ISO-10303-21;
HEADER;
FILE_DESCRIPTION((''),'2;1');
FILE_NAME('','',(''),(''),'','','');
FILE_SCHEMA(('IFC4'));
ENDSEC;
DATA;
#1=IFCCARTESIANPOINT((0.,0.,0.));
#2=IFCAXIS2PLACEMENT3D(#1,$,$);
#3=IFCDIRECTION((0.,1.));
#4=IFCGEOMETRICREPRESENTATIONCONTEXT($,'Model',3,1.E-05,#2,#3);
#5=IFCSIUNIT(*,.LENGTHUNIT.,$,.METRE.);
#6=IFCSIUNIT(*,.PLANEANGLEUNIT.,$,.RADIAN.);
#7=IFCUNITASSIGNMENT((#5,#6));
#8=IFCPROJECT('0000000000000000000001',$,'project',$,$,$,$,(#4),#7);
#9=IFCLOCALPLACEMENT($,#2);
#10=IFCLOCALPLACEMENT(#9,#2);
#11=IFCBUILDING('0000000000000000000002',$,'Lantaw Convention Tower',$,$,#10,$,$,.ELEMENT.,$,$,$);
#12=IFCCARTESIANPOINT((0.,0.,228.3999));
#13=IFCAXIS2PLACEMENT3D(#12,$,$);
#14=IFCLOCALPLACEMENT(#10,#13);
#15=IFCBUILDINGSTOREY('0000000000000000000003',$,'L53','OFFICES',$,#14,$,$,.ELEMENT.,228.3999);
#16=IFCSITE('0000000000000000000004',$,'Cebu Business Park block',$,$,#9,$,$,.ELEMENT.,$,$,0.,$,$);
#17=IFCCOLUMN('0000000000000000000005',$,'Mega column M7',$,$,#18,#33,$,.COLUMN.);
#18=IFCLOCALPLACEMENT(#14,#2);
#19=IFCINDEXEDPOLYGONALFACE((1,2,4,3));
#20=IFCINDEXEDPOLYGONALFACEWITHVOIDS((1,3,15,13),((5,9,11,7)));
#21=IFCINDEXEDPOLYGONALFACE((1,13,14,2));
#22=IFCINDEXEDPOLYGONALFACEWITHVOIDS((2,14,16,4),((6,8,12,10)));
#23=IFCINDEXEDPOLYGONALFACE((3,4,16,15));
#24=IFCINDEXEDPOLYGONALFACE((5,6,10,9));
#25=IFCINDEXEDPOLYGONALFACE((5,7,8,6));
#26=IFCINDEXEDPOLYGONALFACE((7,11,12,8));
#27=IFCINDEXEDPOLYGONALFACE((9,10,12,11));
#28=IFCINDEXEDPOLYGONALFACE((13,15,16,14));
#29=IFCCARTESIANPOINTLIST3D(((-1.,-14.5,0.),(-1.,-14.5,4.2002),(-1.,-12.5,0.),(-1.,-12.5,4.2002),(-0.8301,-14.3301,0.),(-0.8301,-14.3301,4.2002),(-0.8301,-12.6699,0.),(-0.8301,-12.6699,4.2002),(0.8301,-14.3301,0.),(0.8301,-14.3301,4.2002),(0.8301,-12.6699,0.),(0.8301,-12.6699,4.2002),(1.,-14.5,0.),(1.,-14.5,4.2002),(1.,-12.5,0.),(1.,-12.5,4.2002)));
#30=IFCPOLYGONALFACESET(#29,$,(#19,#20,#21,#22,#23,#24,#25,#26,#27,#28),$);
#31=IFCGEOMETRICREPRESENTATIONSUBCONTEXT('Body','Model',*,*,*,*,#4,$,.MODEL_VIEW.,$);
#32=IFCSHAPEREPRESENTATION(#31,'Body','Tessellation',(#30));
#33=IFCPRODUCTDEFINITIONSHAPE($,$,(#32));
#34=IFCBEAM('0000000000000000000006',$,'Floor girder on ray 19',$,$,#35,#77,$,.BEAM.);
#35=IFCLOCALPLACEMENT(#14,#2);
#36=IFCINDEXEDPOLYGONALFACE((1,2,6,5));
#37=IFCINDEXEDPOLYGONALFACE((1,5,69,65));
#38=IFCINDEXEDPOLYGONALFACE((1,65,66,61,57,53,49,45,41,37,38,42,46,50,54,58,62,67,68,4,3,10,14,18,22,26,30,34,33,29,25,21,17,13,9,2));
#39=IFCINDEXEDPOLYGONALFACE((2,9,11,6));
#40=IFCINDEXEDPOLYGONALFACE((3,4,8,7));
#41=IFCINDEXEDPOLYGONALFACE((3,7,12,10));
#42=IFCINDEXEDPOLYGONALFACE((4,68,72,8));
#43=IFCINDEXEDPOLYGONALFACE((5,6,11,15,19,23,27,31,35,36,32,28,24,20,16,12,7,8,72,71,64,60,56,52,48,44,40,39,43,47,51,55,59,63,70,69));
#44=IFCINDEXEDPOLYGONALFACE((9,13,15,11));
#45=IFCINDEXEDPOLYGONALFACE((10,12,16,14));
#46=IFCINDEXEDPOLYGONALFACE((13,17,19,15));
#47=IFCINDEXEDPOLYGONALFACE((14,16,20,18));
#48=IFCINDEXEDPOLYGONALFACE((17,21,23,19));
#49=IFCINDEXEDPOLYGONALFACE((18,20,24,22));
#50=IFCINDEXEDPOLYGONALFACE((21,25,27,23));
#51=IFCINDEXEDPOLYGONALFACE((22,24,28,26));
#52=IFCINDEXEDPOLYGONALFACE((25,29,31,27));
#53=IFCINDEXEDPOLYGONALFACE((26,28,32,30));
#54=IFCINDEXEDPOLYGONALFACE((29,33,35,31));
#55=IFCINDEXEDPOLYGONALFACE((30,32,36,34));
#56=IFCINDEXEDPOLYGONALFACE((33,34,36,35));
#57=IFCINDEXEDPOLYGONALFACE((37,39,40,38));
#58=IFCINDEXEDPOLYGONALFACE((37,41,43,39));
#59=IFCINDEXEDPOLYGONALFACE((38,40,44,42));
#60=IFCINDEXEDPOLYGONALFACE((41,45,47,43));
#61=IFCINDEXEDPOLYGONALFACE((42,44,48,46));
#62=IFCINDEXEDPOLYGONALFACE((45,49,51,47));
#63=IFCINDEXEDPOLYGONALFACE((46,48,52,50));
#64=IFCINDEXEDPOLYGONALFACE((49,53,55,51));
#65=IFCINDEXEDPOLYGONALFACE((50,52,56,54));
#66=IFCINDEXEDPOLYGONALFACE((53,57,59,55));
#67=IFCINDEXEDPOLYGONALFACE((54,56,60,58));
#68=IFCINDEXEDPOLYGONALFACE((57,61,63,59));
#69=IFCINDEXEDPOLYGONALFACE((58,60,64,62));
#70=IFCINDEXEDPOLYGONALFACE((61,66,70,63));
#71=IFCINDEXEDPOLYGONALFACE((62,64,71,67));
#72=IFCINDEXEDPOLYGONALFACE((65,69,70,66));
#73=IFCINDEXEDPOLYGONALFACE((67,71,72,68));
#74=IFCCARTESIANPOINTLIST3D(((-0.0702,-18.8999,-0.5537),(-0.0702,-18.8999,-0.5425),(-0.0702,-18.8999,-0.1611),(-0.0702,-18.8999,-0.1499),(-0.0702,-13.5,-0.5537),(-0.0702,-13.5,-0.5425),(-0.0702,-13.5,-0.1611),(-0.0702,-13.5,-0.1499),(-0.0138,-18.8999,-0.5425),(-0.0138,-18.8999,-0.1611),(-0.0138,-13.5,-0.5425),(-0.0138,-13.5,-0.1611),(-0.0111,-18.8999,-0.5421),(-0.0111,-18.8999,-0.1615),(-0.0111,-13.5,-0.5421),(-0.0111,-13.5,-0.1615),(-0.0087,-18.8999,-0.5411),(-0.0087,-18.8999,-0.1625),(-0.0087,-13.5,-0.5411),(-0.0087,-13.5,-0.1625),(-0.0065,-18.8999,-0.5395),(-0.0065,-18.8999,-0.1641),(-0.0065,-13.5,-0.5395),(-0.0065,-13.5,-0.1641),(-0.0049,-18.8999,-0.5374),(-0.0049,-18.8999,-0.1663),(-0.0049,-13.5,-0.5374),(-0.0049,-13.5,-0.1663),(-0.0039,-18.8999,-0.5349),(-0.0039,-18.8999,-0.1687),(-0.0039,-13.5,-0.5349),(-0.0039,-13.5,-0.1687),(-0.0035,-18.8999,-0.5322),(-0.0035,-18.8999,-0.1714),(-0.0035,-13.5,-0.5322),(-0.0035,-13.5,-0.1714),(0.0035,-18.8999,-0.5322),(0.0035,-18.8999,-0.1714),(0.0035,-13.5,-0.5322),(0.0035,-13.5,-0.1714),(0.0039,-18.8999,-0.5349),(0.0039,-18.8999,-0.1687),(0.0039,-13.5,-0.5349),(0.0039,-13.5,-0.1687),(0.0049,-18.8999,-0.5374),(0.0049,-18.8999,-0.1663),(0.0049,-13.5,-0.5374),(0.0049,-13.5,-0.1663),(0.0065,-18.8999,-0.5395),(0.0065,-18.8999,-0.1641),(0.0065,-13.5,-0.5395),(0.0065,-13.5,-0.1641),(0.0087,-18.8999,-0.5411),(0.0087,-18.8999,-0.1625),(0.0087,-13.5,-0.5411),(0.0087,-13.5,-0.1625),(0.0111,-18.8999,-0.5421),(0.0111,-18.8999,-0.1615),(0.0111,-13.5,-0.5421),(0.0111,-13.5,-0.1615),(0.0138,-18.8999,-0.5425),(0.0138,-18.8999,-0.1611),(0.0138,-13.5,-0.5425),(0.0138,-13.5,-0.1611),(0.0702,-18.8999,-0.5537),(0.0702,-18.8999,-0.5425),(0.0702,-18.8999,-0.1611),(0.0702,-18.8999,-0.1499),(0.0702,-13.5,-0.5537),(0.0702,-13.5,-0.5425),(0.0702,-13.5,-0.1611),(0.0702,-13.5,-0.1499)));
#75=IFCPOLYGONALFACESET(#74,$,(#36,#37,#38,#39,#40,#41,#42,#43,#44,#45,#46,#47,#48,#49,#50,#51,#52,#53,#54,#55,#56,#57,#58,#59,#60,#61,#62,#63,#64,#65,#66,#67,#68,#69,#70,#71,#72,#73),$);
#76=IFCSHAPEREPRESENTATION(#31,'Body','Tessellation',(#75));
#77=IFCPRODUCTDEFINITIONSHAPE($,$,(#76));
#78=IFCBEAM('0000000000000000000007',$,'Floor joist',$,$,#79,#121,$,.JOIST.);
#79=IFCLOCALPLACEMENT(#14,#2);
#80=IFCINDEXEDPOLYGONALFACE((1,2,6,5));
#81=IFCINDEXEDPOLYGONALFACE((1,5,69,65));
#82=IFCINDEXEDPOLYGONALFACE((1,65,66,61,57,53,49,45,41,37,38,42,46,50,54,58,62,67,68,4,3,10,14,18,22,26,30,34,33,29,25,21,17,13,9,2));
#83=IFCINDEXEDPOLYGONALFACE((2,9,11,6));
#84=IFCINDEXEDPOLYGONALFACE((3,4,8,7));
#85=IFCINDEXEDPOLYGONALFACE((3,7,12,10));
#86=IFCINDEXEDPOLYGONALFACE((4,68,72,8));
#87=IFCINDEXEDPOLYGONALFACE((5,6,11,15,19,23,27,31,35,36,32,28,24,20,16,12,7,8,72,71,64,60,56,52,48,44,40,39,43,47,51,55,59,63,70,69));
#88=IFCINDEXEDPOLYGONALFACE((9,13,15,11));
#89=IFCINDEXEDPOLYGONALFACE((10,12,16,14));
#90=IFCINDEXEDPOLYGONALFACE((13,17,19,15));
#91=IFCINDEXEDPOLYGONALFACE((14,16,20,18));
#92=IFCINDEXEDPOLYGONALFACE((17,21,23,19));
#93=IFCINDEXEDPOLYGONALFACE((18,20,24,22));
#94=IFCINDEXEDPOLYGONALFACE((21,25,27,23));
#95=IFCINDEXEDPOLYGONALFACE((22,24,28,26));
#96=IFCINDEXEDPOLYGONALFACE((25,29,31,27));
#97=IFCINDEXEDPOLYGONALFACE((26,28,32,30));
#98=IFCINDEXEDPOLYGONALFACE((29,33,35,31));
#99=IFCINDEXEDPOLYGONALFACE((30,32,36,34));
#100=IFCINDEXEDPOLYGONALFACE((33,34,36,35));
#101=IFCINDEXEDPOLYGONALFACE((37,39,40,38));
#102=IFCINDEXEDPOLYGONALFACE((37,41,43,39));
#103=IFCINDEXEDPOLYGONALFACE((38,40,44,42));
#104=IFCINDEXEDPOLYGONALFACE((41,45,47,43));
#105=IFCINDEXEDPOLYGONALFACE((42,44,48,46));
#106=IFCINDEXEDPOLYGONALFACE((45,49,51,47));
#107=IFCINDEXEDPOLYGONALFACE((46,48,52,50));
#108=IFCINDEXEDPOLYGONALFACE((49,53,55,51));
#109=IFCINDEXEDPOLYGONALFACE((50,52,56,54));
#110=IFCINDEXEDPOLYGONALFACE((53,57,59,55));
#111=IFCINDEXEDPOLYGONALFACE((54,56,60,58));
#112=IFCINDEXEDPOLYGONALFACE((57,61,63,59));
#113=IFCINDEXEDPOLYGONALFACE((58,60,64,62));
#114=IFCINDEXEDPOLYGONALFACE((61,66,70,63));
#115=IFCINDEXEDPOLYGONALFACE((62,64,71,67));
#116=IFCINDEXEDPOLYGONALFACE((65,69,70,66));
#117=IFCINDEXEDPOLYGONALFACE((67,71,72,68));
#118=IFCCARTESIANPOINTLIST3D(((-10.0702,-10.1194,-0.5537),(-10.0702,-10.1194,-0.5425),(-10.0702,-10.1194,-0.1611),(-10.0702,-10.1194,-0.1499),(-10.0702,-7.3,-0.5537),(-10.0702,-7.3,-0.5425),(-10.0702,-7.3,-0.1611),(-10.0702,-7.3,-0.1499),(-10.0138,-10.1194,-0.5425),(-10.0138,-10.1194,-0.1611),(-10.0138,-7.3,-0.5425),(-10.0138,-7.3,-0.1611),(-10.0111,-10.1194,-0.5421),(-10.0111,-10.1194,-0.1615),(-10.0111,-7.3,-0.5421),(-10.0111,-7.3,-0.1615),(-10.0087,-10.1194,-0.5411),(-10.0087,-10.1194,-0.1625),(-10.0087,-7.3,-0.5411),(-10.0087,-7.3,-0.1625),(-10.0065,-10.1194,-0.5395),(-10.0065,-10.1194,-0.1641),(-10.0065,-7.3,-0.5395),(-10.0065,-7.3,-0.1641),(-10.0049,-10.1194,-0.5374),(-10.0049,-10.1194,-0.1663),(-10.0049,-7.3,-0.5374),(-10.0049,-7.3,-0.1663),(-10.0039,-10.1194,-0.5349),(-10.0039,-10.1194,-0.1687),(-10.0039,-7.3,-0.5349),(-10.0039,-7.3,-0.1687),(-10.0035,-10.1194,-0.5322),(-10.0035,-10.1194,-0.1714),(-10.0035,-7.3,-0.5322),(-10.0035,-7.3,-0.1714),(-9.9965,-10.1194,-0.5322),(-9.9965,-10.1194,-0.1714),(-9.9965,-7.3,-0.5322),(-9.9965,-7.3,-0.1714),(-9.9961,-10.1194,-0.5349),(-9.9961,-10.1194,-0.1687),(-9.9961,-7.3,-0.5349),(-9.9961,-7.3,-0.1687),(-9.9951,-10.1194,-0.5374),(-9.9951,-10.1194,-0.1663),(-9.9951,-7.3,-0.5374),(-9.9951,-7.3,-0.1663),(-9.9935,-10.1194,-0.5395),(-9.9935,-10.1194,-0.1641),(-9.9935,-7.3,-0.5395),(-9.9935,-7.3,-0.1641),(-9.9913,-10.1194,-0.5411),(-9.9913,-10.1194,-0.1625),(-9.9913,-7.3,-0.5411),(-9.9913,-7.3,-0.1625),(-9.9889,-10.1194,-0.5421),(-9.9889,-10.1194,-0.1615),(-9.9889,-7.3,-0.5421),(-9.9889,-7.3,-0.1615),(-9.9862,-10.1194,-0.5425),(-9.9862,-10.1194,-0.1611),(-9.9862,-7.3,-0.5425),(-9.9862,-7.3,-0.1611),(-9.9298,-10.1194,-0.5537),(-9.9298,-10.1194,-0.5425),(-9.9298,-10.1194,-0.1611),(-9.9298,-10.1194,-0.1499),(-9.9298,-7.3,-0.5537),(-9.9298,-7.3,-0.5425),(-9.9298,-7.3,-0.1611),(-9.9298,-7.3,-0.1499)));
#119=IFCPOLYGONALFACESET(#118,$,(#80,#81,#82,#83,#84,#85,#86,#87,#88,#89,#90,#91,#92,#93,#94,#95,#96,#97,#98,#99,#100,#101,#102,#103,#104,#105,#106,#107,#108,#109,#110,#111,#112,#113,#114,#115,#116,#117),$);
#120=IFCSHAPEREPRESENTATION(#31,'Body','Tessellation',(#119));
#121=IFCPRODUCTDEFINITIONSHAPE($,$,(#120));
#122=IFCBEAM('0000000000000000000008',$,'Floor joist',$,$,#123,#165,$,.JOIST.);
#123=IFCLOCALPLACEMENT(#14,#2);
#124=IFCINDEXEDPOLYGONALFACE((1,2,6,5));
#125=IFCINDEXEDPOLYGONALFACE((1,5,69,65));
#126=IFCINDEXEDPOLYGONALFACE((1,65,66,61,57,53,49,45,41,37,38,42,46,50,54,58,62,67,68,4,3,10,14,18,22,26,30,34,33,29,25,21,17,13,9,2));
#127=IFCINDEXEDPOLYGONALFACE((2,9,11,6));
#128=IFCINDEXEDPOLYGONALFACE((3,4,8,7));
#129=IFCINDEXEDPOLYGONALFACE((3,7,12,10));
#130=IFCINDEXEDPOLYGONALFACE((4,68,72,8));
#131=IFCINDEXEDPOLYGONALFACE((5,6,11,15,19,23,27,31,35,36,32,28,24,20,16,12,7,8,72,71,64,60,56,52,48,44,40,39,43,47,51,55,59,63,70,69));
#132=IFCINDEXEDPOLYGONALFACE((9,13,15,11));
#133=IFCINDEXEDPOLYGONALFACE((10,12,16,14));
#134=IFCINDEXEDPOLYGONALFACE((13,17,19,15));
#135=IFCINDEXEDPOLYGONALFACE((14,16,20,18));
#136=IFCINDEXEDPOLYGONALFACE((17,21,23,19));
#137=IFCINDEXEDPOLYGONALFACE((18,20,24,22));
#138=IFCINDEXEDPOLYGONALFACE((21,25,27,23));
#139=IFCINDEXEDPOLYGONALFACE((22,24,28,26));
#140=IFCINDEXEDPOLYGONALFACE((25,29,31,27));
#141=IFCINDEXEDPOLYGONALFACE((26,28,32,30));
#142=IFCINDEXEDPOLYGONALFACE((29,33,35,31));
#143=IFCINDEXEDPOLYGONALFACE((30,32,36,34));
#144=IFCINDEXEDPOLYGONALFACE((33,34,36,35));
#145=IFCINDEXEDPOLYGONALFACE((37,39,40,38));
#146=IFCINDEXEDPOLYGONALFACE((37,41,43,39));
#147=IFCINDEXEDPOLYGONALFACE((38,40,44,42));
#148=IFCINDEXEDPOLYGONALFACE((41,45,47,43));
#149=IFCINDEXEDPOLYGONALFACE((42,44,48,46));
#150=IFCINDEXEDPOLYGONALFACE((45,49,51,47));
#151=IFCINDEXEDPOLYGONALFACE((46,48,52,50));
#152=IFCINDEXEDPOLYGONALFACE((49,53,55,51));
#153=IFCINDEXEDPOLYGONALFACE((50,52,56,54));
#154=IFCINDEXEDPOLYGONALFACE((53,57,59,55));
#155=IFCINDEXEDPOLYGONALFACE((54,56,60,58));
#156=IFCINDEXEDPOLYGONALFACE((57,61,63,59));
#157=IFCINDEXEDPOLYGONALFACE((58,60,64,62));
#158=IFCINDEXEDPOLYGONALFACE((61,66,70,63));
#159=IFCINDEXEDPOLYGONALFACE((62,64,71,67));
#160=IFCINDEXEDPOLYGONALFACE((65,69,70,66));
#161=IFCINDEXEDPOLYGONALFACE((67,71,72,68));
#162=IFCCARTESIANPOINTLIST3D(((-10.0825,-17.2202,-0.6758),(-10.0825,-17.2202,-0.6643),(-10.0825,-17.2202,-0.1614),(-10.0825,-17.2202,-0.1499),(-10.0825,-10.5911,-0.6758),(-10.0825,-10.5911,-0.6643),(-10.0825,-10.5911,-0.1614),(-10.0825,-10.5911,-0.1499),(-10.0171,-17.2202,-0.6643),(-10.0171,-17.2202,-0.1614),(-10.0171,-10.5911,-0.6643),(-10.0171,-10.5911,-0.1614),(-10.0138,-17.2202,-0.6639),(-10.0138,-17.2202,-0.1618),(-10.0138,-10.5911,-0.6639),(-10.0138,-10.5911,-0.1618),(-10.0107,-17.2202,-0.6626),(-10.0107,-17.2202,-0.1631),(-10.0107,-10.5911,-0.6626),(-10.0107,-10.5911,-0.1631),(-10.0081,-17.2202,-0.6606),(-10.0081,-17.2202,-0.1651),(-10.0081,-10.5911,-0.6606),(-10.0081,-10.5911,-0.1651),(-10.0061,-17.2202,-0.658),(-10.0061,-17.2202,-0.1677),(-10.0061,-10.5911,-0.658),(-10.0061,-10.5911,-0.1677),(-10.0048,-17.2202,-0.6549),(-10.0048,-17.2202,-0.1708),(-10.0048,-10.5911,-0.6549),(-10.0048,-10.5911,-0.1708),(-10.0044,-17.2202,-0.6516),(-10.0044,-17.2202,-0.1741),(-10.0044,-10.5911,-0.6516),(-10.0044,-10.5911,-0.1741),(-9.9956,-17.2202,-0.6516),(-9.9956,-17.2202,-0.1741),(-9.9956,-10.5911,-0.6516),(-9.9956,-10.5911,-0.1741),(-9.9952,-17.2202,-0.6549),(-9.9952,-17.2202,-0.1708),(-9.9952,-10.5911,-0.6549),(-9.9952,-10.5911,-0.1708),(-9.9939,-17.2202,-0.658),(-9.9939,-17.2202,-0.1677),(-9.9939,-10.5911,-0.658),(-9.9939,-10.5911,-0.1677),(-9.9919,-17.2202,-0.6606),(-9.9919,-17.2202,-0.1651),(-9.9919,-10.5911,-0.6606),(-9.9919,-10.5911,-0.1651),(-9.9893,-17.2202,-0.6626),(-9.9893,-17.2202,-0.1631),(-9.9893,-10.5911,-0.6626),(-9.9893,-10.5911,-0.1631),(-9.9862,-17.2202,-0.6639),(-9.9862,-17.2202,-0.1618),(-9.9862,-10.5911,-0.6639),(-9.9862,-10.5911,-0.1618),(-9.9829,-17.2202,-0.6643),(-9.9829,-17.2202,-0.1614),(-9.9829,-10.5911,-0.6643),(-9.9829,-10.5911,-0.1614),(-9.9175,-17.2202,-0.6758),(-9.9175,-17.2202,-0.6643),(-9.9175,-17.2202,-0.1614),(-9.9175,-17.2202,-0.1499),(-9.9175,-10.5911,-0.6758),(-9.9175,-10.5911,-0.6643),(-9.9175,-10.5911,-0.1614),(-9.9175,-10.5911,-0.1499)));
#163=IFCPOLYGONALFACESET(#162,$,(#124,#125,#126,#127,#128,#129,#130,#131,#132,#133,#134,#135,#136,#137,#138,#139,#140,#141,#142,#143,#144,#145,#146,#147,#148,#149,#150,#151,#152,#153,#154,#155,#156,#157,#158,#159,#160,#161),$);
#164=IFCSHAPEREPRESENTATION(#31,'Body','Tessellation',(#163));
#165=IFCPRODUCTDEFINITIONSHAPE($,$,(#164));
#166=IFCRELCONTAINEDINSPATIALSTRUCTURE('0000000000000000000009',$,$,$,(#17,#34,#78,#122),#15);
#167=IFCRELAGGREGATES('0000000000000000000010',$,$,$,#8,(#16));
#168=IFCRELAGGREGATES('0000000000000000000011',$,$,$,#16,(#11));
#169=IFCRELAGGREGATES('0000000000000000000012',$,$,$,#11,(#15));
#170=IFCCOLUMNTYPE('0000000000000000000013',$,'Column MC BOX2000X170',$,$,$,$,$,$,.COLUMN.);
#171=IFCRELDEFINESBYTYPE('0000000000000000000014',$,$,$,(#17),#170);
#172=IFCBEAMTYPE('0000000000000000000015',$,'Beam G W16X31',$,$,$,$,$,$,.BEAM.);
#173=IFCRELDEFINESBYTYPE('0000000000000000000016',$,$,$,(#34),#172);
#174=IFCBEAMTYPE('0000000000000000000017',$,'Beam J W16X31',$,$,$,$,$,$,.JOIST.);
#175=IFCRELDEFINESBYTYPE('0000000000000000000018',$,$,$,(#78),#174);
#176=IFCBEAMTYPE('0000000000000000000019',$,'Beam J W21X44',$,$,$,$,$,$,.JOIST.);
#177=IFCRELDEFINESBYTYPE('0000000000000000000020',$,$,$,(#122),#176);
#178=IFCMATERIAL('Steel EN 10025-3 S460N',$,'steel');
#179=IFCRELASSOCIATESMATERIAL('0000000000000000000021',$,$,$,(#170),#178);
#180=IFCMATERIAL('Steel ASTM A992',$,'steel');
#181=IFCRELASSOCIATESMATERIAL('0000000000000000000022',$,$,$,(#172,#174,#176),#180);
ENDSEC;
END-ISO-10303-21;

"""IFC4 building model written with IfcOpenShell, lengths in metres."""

from ifc_helpers import new_model, si_unit, direction, frame, origin, origin_2d, place, context, subcontext, project, spatial, rectangle, hollow_rectangle, i_section, extrude, material, material_profile, profile_set, type_object, element, save


model = new_model("IFC4")

# Units and contexts
model_context = context("Model", 3, precision=1e-05, world=origin(), true_north=direction((0.0, 1.0)))
body_context = subcontext(model_context, "Body", "Model", "MODEL_VIEW")
ifc_project = project(units=[si_unit("LENGTHUNIT", "METRE"), si_unit("PLANEANGLEUNIT", "RADIAN")], contexts=[model_context])

# Site, building, storey
site_placement = place(None, origin())
site = spatial("IfcSite", under=ifc_project, at=site_placement, Name="Cebu Business Park block", CompositionType="ELEMENT", RefElevation=0.0)
building_placement = place(site_placement, origin())
building = spatial("IfcBuilding", under=site, at=building_placement, Name="Lantaw Convention Tower", CompositionType="ELEMENT")
storey_placement = place(building_placement, frame((0.0, 0.0, 228.3999)))
storey = spatial("IfcBuildingStorey", under=building, at=storey_placement, Name="L53", Description="OFFICES", CompositionType="ELEMENT", Elevation=228.3999)

# Column
ifc_material_1 = material(Name="Steel EN 10025-3 S460N", Category="steel")
ifc_material_profile_1 = material_profile(ifc_material_1, hollow_rectangle(XDim=2.0, YDim=2.0, WallThickness=0.1699, at=origin_2d()), Name="BOX2000X170")
ifc_material_2 = material(Name="Concrete C60/75", Category="concrete")
ifc_material_profile_2 = material_profile(ifc_material_2, rectangle(XDim=1.6599, YDim=1.6599, at=origin_2d()), Name="Concrete fill of BOX2000X170")
ifc_profile_set_1 = profile_set([ifc_material_profile_1, ifc_material_profile_2], Name="Steel EN 10025-3 S460N")
column_type = type_object("IfcColumnType", Name="Column MC BOX2000X170", PredefinedType="COLUMN", material=ifc_profile_set_1)
column_placement = place(storey_placement, frame((0.0, -13.5, 0.0), z_axis=(0.0, 0.0, 1.0), x_axis=(1.0, 0.0, 0.0)))
element("IfcColumn", 1, at=column_placement, inside=storey, type_object=column_type, Name="Mega column M7", PredefinedType="COLUMN", context=body_context, shape_type="SweptSolid", body=[
    extrude(hollow_rectangle(XDim=2.0, YDim=2.0, WallThickness=0.1699, at=origin_2d()), origin(), (0.0, 0.0, 1.0), 4.2002),
])

# Beams
ifc_material_3 = material(Name="Steel ASTM A992", Category="steel")
ifc_material_profile_3 = material_profile(ifc_material_3, i_section(OverallWidth=0.1404, OverallDepth=0.4038, WebThickness=0.0071, FlangeThickness=0.0112, FilletRadius=0.0103, at=origin_2d()), Name="W16X31")
ifc_profile_set_2 = profile_set([ifc_material_profile_3], Name="Steel ASTM A992")
beam_type_1 = type_object("IfcBeamType", Name="Beam G W16X31", PredefinedType="BEAM", material=ifc_profile_set_2)
beam_1_placement = place(storey_placement, frame((0.0, -13.5, -0.3518), z_axis=(0.0, -1.0, 0.0), x_axis=(1.0, 0.0, 0.0)))
element("IfcBeam", 2, at=beam_1_placement, inside=storey, type_object=beam_type_1, Name="Floor girder on ray 19", PredefinedType="BEAM", context=body_context, shape_type="SweptSolid", body=[
    extrude(i_section(OverallWidth=0.1404, OverallDepth=0.4038, WebThickness=0.0071, FlangeThickness=0.0112, FilletRadius=0.0103, at=origin_2d()), origin(), (0.0, 0.0, 1.0), 5.3999),
])
ifc_material_profile_4 = material_profile(ifc_material_3, i_section(OverallWidth=0.1404, OverallDepth=0.4038, WebThickness=0.0071, FlangeThickness=0.0112, FilletRadius=0.0103, at=origin_2d()), Name="W16X31")
ifc_profile_set_3 = profile_set([ifc_material_profile_4], Name="Steel ASTM A992")
beam_type_2 = type_object("IfcBeamType", Name="Beam J W16X31", PredefinedType="JOIST", material=ifc_profile_set_3)
beam_2_placement = place(storey_placement, frame((-10.0, -10.1194, -0.3518), z_axis=(0.0, 1.0, 0.0), x_axis=(-1.0, 0.0, 0.0)))
element("IfcBeam", 3, at=beam_2_placement, inside=storey, type_object=beam_type_2, Name="Floor joist", PredefinedType="JOIST", context=body_context, shape_type="SweptSolid", body=[
    extrude(i_section(OverallWidth=0.1404, OverallDepth=0.4038, WebThickness=0.0071, FlangeThickness=0.0112, FilletRadius=0.0103, at=origin_2d()), origin(), (0.0, 0.0, 1.0), 2.8193),
])
ifc_material_profile_5 = material_profile(ifc_material_3, i_section(OverallWidth=0.165, OverallDepth=0.5259, WebThickness=0.0088, FlangeThickness=0.0115, FilletRadius=0.0127, at=origin_2d()), Name="W21X44")
ifc_profile_set_4 = profile_set([ifc_material_profile_5], Name="Steel ASTM A992")
beam_type_3 = type_object("IfcBeamType", Name="Beam J W21X44", PredefinedType="JOIST", material=ifc_profile_set_4)
beam_3_placement = place(storey_placement, frame((-10.0, -17.2202, -0.4128), z_axis=(0.0, 1.0, 0.0), x_axis=(-1.0, 0.0, 0.0)))
element("IfcBeam", 4, at=beam_3_placement, inside=storey, type_object=beam_type_3, Name="Floor joist", PredefinedType="JOIST", context=body_context, shape_type="SweptSolid", body=[
    extrude(i_section(OverallWidth=0.165, OverallDepth=0.5259, WebThickness=0.0088, FlangeThickness=0.0115, FilletRadius=0.0127, at=origin_2d()), origin(), (0.0, 0.0, 1.0), 6.6292),
])

save(model, "model.ifc")
